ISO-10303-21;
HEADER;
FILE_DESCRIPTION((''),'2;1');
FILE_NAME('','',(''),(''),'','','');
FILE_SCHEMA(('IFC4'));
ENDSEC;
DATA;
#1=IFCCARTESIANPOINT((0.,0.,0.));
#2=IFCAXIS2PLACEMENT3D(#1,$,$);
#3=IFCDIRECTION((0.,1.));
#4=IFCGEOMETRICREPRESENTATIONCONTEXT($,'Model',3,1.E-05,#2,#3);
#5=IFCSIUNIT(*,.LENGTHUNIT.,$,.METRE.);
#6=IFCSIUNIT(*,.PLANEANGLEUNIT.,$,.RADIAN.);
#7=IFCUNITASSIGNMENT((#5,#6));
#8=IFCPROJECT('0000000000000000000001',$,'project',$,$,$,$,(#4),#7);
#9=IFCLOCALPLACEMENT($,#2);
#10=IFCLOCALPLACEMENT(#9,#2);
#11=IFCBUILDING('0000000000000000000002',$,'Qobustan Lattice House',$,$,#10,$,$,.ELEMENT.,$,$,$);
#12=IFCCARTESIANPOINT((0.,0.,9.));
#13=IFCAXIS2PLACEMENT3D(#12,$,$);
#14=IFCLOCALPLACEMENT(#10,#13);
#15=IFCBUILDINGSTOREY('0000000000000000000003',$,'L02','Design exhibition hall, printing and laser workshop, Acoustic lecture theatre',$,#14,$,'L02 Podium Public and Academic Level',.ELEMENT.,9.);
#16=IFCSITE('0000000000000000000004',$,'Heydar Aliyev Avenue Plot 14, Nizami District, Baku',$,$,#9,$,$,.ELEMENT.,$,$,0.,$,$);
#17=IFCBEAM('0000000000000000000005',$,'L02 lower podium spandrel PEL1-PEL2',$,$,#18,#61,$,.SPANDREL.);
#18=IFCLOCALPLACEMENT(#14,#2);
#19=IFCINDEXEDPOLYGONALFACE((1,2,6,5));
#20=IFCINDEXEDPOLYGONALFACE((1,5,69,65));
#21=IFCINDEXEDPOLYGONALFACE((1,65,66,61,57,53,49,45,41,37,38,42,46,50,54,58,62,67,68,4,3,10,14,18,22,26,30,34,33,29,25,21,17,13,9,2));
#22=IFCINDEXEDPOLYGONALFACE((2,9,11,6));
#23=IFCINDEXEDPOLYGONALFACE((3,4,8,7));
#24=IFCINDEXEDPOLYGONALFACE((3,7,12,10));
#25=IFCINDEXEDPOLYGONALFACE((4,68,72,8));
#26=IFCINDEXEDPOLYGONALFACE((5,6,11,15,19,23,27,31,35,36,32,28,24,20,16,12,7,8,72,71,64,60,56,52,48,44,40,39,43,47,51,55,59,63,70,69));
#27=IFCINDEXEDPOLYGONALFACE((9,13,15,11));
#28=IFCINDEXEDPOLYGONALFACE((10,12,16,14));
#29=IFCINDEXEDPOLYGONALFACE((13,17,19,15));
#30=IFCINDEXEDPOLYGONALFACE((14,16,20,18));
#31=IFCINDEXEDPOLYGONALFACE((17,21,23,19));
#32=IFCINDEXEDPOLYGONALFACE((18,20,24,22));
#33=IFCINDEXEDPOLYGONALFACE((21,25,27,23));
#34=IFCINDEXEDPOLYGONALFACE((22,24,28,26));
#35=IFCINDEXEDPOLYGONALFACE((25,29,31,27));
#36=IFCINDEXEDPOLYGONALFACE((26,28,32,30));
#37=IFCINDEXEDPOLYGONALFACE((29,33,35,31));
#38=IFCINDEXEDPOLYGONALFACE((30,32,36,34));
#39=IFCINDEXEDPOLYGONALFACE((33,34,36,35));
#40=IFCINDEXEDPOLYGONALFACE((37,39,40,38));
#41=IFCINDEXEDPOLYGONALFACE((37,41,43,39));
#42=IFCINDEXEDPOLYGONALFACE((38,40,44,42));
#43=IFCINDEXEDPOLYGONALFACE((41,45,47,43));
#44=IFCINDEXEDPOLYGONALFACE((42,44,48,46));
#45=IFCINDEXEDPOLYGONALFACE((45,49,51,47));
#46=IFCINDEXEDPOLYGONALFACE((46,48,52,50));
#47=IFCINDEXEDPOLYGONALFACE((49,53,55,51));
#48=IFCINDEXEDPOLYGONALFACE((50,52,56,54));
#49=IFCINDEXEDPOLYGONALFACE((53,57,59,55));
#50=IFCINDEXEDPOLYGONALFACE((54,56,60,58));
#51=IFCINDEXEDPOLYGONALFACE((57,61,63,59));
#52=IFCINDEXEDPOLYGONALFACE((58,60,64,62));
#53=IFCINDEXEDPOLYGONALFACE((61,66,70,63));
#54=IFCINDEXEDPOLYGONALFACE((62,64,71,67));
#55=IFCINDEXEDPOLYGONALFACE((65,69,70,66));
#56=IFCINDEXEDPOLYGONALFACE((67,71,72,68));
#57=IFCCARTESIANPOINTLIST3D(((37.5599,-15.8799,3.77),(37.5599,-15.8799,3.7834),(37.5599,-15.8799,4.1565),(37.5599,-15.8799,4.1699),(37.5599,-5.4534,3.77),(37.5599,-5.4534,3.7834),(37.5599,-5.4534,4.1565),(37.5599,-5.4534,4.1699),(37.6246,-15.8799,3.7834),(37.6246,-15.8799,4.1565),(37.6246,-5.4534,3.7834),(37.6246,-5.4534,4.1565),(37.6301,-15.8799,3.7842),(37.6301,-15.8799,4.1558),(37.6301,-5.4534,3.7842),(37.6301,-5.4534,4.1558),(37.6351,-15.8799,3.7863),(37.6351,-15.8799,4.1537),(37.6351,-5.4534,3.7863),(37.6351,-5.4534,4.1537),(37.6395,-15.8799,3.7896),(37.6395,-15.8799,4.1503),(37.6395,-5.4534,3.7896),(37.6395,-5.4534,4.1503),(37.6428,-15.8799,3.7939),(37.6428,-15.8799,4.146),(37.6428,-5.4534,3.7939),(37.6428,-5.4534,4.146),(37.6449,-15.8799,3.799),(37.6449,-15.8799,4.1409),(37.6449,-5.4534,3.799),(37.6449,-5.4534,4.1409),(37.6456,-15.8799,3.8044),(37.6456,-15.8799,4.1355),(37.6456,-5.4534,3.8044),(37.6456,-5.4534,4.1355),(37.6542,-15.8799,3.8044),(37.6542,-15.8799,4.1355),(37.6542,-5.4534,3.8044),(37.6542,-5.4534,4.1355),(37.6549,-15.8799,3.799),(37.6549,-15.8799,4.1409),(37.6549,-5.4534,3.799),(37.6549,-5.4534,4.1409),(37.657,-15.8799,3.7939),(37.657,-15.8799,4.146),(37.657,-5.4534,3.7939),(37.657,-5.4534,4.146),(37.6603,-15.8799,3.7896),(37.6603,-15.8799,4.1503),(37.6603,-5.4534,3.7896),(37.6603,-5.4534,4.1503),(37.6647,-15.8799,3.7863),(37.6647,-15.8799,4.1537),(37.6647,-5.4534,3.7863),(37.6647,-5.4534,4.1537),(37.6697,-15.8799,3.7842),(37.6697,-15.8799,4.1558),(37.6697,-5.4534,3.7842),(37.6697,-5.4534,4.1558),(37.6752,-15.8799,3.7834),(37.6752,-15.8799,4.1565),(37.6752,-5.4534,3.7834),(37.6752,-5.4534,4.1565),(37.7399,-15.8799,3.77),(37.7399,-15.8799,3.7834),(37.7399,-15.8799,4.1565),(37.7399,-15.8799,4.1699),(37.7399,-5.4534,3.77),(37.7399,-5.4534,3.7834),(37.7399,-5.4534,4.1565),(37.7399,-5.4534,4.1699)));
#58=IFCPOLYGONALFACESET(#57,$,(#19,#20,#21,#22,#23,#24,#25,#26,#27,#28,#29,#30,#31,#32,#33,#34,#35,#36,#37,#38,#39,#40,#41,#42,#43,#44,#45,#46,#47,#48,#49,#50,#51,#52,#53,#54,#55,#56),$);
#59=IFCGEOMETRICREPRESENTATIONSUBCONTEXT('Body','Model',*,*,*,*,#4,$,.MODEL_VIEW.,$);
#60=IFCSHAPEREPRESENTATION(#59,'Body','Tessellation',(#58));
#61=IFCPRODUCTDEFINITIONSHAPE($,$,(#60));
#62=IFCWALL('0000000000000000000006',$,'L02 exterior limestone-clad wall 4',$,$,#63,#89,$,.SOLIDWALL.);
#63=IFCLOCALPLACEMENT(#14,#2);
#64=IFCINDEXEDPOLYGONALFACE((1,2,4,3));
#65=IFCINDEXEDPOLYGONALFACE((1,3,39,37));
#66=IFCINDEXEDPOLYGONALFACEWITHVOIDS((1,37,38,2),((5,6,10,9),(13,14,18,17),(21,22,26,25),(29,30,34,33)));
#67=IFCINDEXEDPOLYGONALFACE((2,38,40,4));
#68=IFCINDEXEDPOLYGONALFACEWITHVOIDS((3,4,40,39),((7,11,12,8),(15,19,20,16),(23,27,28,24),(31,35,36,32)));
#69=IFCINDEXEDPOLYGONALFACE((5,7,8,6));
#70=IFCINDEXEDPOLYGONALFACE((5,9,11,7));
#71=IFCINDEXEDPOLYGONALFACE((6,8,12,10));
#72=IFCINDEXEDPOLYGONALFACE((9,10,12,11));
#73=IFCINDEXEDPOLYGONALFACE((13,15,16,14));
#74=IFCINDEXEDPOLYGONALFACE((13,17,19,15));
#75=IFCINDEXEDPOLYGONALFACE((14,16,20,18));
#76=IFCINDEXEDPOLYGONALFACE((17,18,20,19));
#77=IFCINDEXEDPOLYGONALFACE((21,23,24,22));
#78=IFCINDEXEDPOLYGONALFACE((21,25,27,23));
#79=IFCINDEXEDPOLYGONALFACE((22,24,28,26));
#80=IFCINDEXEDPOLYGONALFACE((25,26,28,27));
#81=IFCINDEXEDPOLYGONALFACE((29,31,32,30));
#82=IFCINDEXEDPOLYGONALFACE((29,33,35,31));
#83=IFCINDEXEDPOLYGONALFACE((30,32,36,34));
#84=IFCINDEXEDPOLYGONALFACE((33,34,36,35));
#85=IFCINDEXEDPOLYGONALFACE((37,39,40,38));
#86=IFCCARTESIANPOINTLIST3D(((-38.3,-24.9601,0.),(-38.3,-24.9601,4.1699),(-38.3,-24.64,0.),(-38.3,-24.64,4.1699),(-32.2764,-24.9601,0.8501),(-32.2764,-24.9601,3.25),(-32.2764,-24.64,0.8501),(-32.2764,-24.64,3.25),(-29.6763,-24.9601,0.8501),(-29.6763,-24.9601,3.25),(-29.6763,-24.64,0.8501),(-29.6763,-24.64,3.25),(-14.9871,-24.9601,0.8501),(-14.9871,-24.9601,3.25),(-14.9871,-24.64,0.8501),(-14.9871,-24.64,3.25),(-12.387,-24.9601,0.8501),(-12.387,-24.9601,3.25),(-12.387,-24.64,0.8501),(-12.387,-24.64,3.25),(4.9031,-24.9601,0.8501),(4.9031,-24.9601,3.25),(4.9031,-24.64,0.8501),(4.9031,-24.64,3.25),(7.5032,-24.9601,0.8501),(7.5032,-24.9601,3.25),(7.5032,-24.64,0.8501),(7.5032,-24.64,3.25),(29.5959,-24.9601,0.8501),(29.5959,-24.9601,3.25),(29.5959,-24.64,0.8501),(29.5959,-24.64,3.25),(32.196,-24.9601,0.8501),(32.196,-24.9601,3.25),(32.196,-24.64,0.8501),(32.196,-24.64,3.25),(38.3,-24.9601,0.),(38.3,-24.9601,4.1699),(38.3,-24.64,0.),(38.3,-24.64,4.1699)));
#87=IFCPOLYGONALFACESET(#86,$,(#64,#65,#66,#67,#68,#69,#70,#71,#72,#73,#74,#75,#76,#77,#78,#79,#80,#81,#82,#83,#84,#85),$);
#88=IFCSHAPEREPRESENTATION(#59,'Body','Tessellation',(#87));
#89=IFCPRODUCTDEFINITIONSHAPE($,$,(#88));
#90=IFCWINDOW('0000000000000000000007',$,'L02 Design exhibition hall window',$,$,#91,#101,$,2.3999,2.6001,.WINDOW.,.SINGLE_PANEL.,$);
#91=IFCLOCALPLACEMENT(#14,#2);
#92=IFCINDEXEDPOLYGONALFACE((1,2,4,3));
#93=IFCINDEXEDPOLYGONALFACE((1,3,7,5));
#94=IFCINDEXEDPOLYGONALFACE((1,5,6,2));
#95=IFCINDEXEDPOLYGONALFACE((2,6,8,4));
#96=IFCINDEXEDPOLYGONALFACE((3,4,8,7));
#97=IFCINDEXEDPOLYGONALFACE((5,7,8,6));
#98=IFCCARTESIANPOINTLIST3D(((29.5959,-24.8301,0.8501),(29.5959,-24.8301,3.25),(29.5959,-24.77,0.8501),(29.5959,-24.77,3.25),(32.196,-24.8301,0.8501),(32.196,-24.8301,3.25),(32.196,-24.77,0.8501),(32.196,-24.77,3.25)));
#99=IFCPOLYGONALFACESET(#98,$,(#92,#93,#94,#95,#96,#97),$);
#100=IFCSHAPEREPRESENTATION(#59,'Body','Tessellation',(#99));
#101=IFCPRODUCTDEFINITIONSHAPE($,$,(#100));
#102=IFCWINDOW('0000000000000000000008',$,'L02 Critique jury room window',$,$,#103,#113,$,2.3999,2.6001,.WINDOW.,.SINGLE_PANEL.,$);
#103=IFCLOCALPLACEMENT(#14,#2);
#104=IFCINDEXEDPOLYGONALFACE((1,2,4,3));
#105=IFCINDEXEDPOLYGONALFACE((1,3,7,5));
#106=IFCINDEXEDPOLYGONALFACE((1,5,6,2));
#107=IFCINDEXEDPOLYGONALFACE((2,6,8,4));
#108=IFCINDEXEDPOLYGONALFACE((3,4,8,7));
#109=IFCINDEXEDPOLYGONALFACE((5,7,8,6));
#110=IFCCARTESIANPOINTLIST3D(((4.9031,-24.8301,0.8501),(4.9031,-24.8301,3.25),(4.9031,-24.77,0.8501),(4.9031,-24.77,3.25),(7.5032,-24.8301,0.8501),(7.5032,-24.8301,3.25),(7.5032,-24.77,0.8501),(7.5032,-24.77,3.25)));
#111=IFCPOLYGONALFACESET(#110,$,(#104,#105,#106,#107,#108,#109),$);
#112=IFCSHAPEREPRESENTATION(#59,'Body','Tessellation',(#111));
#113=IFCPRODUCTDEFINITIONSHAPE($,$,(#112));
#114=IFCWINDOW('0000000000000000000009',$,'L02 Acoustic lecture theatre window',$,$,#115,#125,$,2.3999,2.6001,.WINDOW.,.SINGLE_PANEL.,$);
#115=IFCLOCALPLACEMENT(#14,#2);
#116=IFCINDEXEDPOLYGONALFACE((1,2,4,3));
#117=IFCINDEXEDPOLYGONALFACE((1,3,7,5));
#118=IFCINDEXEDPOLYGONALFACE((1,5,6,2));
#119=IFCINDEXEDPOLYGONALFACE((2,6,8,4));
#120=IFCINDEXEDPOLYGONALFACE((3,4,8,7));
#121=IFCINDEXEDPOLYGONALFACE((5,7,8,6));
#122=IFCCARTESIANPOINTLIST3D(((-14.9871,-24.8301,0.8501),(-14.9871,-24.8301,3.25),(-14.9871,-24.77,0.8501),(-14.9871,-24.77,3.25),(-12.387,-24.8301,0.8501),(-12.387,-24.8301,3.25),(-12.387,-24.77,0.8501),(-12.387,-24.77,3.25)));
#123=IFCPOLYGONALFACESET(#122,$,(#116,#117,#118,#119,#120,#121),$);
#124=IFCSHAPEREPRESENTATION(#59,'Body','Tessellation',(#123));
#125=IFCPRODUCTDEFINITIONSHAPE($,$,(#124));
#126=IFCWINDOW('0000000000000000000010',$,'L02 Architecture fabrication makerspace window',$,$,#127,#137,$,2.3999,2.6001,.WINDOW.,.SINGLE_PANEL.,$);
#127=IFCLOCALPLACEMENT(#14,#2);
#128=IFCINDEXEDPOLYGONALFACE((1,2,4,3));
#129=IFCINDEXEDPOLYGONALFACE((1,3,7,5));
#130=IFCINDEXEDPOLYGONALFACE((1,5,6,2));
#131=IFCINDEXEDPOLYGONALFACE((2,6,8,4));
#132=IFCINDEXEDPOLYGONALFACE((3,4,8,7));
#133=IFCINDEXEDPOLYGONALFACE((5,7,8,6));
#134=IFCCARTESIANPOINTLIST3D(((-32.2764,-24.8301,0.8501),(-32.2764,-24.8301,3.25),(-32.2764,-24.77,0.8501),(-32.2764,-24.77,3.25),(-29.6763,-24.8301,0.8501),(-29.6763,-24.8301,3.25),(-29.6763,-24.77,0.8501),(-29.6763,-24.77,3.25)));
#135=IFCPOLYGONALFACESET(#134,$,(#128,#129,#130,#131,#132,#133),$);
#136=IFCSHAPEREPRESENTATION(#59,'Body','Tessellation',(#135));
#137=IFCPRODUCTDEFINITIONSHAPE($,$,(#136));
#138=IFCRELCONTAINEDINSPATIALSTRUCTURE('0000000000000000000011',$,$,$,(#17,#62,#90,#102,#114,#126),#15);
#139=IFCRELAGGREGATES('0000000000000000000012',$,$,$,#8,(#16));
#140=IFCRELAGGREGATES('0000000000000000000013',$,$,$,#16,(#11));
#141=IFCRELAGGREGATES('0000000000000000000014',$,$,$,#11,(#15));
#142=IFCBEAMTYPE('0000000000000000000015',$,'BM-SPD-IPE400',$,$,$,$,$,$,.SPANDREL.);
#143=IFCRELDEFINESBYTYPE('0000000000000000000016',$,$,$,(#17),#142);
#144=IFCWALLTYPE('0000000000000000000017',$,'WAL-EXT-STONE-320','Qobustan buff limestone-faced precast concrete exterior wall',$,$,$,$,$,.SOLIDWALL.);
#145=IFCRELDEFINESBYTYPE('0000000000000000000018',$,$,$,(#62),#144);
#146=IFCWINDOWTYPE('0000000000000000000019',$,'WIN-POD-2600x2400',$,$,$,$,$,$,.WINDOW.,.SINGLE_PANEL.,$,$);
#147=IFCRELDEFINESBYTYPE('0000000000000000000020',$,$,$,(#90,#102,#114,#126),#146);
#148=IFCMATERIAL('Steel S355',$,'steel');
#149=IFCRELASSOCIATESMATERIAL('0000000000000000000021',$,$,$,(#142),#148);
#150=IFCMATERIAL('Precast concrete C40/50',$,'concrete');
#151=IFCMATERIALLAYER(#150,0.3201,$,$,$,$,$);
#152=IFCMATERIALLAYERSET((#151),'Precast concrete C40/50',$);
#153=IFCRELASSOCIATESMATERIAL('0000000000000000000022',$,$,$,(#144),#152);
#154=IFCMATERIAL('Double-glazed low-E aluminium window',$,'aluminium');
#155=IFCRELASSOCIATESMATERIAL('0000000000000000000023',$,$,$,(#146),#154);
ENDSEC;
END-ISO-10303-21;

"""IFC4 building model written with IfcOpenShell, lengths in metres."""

from ifc_helpers import new_model, si_unit, direction, frame, frame_2d, origin, origin_2d, place, context, subcontext, project, spatial, rectangle, i_section, extrude, material, layer, layer_set, material_profile, profile_set, type_object, element, fill, save


model = new_model("IFC4")

# Units and contexts
model_context = context("Model", 3, precision=1e-05, world=origin(), true_north=direction((0.0, 1.0)))
body_context = subcontext(model_context, "Body", "Model", "MODEL_VIEW")
ifc_project = project(units=[si_unit("LENGTHUNIT", "METRE"), si_unit("PLANEANGLEUNIT", "RADIAN")], contexts=[model_context])

# Site, building, storey
site_placement = place(None, origin())
site = spatial("IfcSite", under=ifc_project, at=site_placement, Name="Heydar Aliyev Avenue Plot 14, Nizami District, Baku", CompositionType="ELEMENT", RefElevation=0.0)
building_placement = place(site_placement, origin())
building = spatial("IfcBuilding", under=site, at=building_placement, Name="Qobustan Lattice House", CompositionType="ELEMENT")
storey_placement = place(building_placement, frame((0.0, 0.0, 9.0)))
storey = spatial("IfcBuildingStorey", under=building, at=storey_placement, Name="L02", Description="Design exhibition hall, printing and laser workshop, Acoustic lecture theatre", LongName="L02 Podium Public and Academic Level", CompositionType="ELEMENT", Elevation=9.0)

# Beam
ifc_material_1 = material(Name="Steel S355", Category="steel")
ifc_material_profile_1 = material_profile(ifc_material_1, i_section(OverallWidth=0.1799, OverallDepth=0.3999, WebThickness=0.0085, FlangeThickness=0.0134, FilletRadius=0.021, at=origin_2d()), Name="IPE400")
ifc_profile_set_1 = profile_set([ifc_material_profile_1], Name="Steel S355")
beam_type_1 = type_object("IfcBeamType", Name="BM-SPD-IPE400", PredefinedType="SPANDREL", material=ifc_profile_set_1)
beam_1_placement = place(storey_placement, frame((37.6499, -15.8799, 3.97), z_axis=(0.0, 1.0, 0.0), x_axis=(-1.0, 0.0, 0.0)))
element("IfcBeam", 1, at=beam_1_placement, inside=storey, type_object=beam_type_1, Name="L02 lower podium spandrel PEL1-PEL2", PredefinedType="SPANDREL", context=body_context, shape_type="SweptSolid", body=[
    extrude(i_section(OverallWidth=0.1799, OverallDepth=0.3999, WebThickness=0.0085, FlangeThickness=0.0134, FilletRadius=0.021, at=origin_2d()), origin(), (0.0, 0.0, 1.0), 10.4265),
])

# Wall, openings, windows
ifc_material_2 = material(Name="Precast concrete C40/50", Category="concrete")
ifc_layer = layer(ifc_material_2, 0.3201)
ifc_layer_set = layer_set([ifc_layer], Name="Precast concrete C40/50")
wall_type = type_object("IfcWallType", Name="WAL-EXT-STONE-320", Description="Qobustan buff limestone-faced precast concrete exterior wall", PredefinedType="SOLIDWALL", material=ifc_layer_set)
wall_placement = place(storey_placement, frame((38.3, -24.8, 0.0), z_axis=(0.0, 0.0, 1.0), x_axis=(-1.0, 0.0, 0.0)))
wall = element("IfcWall", 2, at=wall_placement, inside=storey, type_object=wall_type, Name="L02 exterior limestone-clad wall 4", PredefinedType="SOLIDWALL", context=body_context, shape_type="SweptSolid", body=[
    extrude(rectangle(XDim=76.6001, YDim=0.3201, at=frame_2d((38.3, 0.0))), origin(), (0.0, 0.0, 1.0), 4.1699),
])
opening_1_placement = place(wall_placement, frame((6.104, 0.0, 0.8501)))
opening_1 = element("IfcOpeningElement", 3, at=opening_1_placement, cuts=wall, PredefinedType="OPENING", context=body_context, shape_type="SweptSolid", body=[
    extrude(rectangle(XDim=2.6001, YDim=2.3999, at=frame_2d((1.3, 1.2))), frame((0.0, 0.1699, 0.0), z_axis=(0.0, -1.0, 0.0), x_axis=(1.0, 0.0, 0.0)), (0.0, 0.0, 1.0), 0.3401),
])
opening_2_placement = place(wall_placement, frame((30.7969, 0.0, 0.8501)))
opening_2 = element("IfcOpeningElement", 4, at=opening_2_placement, cuts=wall, PredefinedType="OPENING", context=body_context, shape_type="SweptSolid", body=[
    extrude(rectangle(XDim=2.6001, YDim=2.3999, at=frame_2d((1.3, 1.2))), frame((0.0, 0.1699, 0.0), z_axis=(0.0, -1.0, 0.0), x_axis=(1.0, 0.0, 0.0)), (0.0, 0.0, 1.0), 0.3401),
])
opening_3_placement = place(wall_placement, frame((50.687, 0.0, 0.8501)))
opening_3 = element("IfcOpeningElement", 5, at=opening_3_placement, cuts=wall, PredefinedType="OPENING", context=body_context, shape_type="SweptSolid", body=[
    extrude(rectangle(XDim=2.6001, YDim=2.3999, at=frame_2d((1.3, 1.2))), frame((0.0, 0.1699, 0.0), z_axis=(0.0, -1.0, 0.0), x_axis=(1.0, 0.0, 0.0)), (0.0, 0.0, 1.0), 0.3401),
])
opening_4_placement = place(wall_placement, frame((67.9763, 0.0, 0.8501)))
opening_4 = element("IfcOpeningElement", 6, at=opening_4_placement, cuts=wall, PredefinedType="OPENING", context=body_context, shape_type="SweptSolid", body=[
    extrude(rectangle(XDim=2.6001, YDim=2.3999, at=frame_2d((1.3, 1.2))), frame((0.0, 0.1699, 0.0), z_axis=(0.0, -1.0, 0.0), x_axis=(1.0, 0.0, 0.0)), (0.0, 0.0, 1.0), 0.3401),
])
ifc_material_3 = material(Name="Double-glazed low-E aluminium window", Category="aluminium")
window_type = type_object("IfcWindowType", Name="WIN-POD-2600x2400", PartitioningType="SINGLE_PANEL", PredefinedType="WINDOW", material=ifc_material_3)
window_1_placement = place(opening_1_placement, origin())
window_1 = element("IfcWindow", 7, at=window_1_placement, inside=storey, type_object=window_type, Name="L02 Design exhibition hall window", OverallHeight=2.3999, OverallWidth=2.6001, PartitioningType="SINGLE_PANEL", PredefinedType="WINDOW", context=body_context, shape_type="SweptSolid", body=[
    extrude(rectangle(XDim=2.6001, YDim=2.3999, at=frame_2d((1.3, 1.2))), frame((0.0, 0.03, 0.0), z_axis=(0.0, -1.0, 0.0), x_axis=(1.0, 0.0, 0.0)), (0.0, 0.0, 1.0), 0.0601),
])
fill(opening_1, window_1)
window_2_placement = place(opening_2_placement, origin())
window_2 = element("IfcWindow", 8, at=window_2_placement, inside=storey, type_object=window_type, Name="L02 Critique jury room window", OverallHeight=2.3999, OverallWidth=2.6001, PartitioningType="SINGLE_PANEL", PredefinedType="WINDOW", context=body_context, shape_type="SweptSolid", body=[
    extrude(rectangle(XDim=2.6001, YDim=2.3999, at=frame_2d((1.3, 1.2))), frame((0.0, 0.03, 0.0), z_axis=(0.0, -1.0, 0.0), x_axis=(1.0, 0.0, 0.0)), (0.0, 0.0, 1.0), 0.0601),
])
fill(opening_2, window_2)
window_3_placement = place(opening_3_placement, origin())
window_3 = element("IfcWindow", 9, at=window_3_placement, inside=storey, type_object=window_type, Name="L02 Acoustic lecture theatre window", OverallHeight=2.3999, OverallWidth=2.6001, PartitioningType="SINGLE_PANEL", PredefinedType="WINDOW", context=body_context, shape_type="SweptSolid", body=[
    extrude(rectangle(XDim=2.6001, YDim=2.3999, at=frame_2d((1.3, 1.2))), frame((0.0, 0.03, 0.0), z_axis=(0.0, -1.0, 0.0), x_axis=(1.0, 0.0, 0.0)), (0.0, 0.0, 1.0), 0.0601),
])
fill(opening_3, window_3)
window_4_placement = place(opening_4_placement, origin())
window_4 = element("IfcWindow", 10, at=window_4_placement, inside=storey, type_object=window_type, Name="L02 Architecture fabrication makerspace window", OverallHeight=2.3999, OverallWidth=2.6001, PartitioningType="SINGLE_PANEL", PredefinedType="WINDOW", context=body_context, shape_type="SweptSolid", body=[
    extrude(rectangle(XDim=2.6001, YDim=2.3999, at=frame_2d((1.3, 1.2))), frame((0.0, 0.03, 0.0), z_axis=(0.0, -1.0, 0.0), x_axis=(1.0, 0.0, 0.0)), (0.0, 0.0, 1.0), 0.0601),
])
fill(opening_4, window_4)

save(model, "model.ifc")
